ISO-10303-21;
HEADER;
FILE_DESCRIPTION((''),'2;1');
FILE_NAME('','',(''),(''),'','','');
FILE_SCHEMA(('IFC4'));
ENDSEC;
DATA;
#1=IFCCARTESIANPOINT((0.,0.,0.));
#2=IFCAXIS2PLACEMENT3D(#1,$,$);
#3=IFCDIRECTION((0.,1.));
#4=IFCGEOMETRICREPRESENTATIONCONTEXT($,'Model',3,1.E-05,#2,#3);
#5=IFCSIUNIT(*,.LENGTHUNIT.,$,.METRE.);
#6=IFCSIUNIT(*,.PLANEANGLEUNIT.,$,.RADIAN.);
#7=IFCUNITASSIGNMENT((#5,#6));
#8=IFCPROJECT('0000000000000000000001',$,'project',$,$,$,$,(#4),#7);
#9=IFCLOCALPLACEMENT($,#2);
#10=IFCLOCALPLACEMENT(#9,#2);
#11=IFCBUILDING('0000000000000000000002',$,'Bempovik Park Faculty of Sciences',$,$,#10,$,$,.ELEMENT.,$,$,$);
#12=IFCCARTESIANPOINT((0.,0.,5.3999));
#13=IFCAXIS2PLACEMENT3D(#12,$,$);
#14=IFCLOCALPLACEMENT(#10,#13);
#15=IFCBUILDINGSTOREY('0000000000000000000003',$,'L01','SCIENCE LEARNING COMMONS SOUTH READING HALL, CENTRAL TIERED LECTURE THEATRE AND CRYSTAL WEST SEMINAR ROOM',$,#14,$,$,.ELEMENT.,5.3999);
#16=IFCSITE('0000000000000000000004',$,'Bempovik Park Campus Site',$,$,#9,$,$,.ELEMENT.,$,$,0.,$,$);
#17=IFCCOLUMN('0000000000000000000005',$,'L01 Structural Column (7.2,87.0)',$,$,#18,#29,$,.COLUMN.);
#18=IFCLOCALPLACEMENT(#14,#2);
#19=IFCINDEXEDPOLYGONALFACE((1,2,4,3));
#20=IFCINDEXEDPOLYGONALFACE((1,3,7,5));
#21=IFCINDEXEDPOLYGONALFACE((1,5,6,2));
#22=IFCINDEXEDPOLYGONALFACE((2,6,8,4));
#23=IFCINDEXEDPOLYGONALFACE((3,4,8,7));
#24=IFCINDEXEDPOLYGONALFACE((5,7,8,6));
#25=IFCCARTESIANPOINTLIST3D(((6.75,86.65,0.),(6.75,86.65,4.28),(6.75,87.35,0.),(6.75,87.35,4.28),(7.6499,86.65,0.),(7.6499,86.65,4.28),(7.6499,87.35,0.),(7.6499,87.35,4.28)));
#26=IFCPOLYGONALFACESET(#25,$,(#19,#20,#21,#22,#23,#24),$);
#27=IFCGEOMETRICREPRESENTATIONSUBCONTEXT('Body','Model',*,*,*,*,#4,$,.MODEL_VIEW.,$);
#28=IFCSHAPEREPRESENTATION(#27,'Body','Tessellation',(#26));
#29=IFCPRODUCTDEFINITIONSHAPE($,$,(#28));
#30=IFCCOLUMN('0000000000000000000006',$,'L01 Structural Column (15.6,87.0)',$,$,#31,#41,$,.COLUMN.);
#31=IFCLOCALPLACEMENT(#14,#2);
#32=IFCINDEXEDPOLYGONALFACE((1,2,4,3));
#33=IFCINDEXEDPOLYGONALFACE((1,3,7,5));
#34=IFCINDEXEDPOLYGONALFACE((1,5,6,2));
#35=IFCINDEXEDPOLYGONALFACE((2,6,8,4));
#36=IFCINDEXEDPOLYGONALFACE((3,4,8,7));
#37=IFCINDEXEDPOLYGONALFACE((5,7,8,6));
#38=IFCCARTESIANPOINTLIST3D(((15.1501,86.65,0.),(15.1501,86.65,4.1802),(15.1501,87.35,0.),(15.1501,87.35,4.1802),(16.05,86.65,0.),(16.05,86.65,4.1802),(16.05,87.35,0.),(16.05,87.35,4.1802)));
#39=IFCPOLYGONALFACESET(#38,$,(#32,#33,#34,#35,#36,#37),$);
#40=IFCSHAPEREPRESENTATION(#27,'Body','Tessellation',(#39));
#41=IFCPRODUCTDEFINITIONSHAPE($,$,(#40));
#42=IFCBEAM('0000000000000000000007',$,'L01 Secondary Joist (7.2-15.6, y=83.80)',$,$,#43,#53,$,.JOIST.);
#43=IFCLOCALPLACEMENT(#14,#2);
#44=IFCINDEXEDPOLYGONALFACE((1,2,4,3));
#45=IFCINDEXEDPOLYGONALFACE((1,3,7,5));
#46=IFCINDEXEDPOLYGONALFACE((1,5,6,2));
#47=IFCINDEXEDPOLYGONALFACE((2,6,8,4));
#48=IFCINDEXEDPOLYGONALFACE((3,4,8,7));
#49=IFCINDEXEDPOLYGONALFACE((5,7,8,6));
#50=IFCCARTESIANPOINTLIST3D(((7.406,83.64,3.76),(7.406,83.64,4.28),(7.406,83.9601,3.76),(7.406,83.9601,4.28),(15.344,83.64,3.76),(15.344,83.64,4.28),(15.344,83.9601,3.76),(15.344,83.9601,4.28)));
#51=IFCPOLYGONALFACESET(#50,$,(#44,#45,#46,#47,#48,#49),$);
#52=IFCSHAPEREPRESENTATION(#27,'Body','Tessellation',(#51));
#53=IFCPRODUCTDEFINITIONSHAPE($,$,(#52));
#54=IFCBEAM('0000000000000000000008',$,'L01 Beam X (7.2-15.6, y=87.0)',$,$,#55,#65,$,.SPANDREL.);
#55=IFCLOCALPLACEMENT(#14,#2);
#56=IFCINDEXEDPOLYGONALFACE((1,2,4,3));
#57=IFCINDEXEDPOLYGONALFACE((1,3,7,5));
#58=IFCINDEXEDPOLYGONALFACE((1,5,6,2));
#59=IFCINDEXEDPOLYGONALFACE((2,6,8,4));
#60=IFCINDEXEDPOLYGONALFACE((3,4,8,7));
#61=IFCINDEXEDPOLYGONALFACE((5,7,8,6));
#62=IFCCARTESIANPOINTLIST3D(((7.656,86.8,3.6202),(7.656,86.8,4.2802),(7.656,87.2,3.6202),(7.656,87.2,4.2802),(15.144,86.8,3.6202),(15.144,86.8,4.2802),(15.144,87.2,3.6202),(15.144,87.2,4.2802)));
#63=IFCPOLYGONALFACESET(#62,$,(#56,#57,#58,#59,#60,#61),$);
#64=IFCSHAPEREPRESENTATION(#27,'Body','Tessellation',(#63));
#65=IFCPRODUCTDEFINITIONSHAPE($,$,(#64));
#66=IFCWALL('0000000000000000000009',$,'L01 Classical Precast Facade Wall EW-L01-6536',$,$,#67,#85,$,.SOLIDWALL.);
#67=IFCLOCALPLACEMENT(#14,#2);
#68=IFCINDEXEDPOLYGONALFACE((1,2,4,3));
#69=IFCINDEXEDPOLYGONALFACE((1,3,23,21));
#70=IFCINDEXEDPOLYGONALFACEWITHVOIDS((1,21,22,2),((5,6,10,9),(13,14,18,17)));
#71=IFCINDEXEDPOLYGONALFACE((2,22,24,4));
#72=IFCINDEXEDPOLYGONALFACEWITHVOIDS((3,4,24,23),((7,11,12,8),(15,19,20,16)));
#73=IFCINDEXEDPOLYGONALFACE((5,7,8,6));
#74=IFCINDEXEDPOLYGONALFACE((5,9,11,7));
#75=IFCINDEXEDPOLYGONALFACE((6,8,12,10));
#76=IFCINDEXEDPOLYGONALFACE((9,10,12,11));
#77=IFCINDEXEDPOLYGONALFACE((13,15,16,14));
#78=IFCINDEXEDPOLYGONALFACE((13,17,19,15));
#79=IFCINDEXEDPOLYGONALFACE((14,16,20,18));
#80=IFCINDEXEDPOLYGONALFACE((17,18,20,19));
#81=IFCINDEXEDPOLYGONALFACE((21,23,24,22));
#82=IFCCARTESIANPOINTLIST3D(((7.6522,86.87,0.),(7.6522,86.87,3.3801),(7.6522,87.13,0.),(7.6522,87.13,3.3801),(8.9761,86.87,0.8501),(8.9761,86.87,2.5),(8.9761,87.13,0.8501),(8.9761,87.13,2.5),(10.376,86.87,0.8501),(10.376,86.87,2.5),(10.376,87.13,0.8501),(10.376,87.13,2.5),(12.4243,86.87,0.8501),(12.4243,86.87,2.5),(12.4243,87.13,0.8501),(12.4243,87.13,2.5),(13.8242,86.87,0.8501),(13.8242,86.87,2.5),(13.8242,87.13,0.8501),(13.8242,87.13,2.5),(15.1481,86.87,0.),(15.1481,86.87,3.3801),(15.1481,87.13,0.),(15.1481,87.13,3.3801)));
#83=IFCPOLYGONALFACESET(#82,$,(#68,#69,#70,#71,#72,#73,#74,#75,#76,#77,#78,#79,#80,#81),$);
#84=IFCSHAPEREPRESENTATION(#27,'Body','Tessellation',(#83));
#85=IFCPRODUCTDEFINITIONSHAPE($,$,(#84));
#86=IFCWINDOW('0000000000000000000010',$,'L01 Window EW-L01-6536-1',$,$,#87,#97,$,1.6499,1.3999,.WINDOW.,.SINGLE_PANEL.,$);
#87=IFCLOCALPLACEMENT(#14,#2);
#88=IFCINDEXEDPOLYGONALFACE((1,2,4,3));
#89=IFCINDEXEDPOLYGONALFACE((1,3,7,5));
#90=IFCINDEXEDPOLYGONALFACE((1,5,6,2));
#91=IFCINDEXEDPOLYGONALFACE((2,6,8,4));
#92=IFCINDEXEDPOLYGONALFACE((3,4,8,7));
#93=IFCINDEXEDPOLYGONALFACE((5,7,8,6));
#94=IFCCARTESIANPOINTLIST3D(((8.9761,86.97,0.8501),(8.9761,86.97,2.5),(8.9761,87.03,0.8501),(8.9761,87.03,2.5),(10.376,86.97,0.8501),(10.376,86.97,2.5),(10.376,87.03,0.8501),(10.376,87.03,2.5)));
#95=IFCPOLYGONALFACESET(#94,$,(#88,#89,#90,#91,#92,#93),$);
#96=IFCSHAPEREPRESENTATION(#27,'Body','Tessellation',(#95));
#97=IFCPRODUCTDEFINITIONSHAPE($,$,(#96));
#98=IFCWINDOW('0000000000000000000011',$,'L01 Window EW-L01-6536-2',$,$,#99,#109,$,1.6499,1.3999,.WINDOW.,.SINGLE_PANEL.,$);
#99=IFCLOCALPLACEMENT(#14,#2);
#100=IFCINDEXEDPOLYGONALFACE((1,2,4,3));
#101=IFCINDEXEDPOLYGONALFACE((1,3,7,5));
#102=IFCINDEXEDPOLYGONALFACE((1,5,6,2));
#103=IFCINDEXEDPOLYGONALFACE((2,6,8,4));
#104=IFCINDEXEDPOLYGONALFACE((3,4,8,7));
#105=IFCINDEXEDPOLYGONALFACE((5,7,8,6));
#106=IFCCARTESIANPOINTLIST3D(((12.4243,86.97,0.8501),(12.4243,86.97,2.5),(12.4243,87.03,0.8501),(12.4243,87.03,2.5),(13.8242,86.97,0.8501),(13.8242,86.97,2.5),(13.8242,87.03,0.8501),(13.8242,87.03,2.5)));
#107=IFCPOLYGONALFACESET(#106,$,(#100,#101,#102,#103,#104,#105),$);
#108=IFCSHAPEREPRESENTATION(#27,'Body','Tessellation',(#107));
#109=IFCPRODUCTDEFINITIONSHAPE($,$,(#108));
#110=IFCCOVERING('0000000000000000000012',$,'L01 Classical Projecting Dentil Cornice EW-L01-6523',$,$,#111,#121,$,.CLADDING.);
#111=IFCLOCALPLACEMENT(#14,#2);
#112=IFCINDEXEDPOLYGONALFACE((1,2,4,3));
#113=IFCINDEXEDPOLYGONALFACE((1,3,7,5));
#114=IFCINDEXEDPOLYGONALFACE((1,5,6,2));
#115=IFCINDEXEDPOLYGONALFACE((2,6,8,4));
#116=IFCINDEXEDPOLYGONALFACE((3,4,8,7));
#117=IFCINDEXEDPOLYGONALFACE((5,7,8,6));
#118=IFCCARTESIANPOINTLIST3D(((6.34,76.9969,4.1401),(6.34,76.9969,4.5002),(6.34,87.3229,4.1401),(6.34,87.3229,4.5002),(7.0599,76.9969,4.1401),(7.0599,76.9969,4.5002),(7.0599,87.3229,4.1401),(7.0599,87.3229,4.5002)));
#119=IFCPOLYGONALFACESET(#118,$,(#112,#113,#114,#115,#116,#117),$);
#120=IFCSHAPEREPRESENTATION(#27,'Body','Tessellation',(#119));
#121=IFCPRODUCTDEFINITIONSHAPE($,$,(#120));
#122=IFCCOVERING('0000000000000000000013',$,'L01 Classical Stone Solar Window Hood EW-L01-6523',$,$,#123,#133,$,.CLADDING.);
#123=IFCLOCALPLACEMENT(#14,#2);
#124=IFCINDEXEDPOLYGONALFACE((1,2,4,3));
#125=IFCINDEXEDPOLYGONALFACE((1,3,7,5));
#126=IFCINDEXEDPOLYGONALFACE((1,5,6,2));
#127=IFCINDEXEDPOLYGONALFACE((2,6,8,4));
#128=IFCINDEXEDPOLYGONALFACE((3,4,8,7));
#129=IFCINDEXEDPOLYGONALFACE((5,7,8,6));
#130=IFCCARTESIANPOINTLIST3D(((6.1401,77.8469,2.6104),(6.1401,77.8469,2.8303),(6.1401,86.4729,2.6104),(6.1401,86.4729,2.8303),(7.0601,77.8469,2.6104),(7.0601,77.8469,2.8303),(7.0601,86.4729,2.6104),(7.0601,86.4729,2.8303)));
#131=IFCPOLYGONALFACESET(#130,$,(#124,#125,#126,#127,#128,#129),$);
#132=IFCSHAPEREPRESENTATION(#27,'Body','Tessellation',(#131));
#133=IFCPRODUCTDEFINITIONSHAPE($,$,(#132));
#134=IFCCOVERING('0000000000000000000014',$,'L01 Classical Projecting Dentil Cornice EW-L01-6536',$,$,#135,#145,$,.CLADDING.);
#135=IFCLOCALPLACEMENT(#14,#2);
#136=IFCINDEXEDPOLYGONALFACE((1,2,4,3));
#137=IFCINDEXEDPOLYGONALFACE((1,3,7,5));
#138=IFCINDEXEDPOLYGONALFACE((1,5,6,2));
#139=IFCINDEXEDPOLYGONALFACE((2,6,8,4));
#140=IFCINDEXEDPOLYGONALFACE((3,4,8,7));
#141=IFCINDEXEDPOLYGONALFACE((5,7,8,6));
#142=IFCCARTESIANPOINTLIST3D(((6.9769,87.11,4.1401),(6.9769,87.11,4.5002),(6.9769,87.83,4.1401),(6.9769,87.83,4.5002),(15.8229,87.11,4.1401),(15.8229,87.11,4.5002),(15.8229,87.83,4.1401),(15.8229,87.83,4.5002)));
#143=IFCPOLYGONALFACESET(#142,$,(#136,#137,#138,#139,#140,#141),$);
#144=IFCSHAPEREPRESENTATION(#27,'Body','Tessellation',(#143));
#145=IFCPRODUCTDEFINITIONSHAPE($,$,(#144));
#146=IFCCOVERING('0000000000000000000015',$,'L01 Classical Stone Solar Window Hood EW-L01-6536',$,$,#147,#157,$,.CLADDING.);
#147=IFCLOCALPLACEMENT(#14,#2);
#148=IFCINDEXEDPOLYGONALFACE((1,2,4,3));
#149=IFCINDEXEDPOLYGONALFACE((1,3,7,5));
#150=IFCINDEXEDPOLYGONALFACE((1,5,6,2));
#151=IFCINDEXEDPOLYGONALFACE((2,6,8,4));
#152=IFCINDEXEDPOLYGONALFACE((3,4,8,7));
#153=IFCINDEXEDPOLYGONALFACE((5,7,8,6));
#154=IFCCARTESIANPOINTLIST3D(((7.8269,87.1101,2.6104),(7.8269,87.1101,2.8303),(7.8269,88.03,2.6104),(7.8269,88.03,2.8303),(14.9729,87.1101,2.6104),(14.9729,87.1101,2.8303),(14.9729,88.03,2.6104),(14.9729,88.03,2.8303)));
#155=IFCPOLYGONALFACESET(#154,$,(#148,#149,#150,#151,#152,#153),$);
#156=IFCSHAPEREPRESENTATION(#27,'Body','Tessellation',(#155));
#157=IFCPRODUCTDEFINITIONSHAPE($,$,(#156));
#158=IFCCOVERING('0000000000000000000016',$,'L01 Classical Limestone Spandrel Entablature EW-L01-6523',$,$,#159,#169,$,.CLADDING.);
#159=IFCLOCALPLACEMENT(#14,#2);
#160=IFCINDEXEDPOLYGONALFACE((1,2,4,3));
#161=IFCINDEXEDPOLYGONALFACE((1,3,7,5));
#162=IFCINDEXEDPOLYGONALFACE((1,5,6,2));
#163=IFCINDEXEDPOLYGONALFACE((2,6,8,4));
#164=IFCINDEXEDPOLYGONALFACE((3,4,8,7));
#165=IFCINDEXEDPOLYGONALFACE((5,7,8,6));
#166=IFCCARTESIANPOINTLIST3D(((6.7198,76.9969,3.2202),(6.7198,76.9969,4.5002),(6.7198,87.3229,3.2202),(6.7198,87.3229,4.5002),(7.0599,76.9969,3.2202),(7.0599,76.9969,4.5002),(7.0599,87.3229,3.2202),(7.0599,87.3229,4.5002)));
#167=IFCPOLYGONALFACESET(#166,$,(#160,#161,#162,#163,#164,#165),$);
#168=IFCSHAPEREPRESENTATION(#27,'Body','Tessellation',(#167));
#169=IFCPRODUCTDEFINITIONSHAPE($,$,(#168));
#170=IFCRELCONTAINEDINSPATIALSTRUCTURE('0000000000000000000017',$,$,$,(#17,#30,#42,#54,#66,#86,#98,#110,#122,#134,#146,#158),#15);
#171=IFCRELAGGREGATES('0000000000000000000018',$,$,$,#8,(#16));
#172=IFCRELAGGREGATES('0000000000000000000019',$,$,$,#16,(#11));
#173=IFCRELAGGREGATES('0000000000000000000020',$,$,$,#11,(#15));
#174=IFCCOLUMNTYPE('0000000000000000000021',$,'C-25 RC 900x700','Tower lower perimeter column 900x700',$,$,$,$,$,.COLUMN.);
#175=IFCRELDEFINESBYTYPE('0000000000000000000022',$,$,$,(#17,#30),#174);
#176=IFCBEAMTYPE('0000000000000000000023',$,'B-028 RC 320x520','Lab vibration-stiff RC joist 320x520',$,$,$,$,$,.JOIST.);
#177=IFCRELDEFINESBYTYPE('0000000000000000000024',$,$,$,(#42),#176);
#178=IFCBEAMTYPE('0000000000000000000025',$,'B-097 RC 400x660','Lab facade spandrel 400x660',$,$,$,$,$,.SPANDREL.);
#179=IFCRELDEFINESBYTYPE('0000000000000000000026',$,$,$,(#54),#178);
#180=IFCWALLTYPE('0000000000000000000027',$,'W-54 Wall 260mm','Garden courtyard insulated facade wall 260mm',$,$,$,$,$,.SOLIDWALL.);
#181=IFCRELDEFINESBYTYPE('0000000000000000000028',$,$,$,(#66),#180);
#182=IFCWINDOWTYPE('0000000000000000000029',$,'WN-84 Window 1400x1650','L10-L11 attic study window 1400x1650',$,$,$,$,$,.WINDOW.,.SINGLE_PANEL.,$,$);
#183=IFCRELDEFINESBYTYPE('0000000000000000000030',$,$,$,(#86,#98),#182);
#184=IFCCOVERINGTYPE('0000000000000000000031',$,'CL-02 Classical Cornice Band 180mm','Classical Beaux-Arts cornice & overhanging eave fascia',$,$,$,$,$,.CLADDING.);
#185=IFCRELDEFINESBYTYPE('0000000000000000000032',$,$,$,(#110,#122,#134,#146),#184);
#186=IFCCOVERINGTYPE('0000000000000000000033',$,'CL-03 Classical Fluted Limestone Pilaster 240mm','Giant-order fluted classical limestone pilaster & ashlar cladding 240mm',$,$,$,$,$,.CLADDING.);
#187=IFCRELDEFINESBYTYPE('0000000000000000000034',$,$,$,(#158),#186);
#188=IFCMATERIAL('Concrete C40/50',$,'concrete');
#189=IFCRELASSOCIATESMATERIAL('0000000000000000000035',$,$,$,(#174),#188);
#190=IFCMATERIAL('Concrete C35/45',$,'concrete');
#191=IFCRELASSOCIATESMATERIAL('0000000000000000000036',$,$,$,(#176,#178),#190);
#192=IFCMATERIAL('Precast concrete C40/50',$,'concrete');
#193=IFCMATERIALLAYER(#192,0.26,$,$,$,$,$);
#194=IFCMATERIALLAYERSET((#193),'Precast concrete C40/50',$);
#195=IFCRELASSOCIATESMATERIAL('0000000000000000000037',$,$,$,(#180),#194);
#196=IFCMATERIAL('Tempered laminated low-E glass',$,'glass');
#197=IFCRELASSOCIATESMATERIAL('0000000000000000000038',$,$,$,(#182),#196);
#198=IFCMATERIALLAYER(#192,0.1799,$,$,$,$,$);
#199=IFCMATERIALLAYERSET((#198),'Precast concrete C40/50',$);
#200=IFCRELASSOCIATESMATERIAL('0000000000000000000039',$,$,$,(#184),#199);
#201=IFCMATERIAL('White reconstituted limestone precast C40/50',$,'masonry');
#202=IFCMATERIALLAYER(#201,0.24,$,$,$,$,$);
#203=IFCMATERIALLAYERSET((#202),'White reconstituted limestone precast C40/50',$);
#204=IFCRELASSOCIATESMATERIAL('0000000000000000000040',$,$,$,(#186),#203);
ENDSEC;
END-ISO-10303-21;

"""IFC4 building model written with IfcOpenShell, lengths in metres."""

from ifc_helpers import new_model, si_unit, direction, frame, frame_2d, origin, origin_2d, place, context, subcontext, project, spatial, rectangle, extrude, material, layer, layer_set, material_profile, profile_set, type_object, element, fill, save


model = new_model("IFC4")

# Units and contexts
model_context = context("Model", 3, precision=1e-05, world=origin(), true_north=direction((0.0, 1.0)))
body_context = subcontext(model_context, "Body", "Model", "MODEL_VIEW")
ifc_project = project(units=[si_unit("LENGTHUNIT", "METRE"), si_unit("PLANEANGLEUNIT", "RADIAN")], contexts=[model_context])

# Site, building, storey
site_placement = place(None, origin())
site = spatial("IfcSite", under=ifc_project, at=site_placement, Name="Bempovik Park Campus Site", CompositionType="ELEMENT", RefElevation=0.0)
building_placement = place(site_placement, origin())
building = spatial("IfcBuilding", under=site, at=building_placement, Name="Bempovik Park Faculty of Sciences", CompositionType="ELEMENT")
storey_placement = place(building_placement, frame((0.0, 0.0, 5.3999)))
storey = spatial("IfcBuildingStorey", under=building, at=storey_placement, Name="L01", Description="SCIENCE LEARNING COMMONS SOUTH READING HALL, CENTRAL TIERED LECTURE THEATRE AND CRYSTAL WEST SEMINAR ROOM", CompositionType="ELEMENT", Elevation=5.3999)

# Columns
ifc_material_1 = material(Name="Concrete C40/50", Category="concrete")
ifc_material_profile_1 = material_profile(ifc_material_1, rectangle(XDim=0.8999, YDim=0.7, at=origin_2d()), Name="RC 900x700")
ifc_profile_set_1 = profile_set([ifc_material_profile_1], Name="Concrete C40/50")
column_type = type_object("IfcColumnType", Name="C-25 RC 900x700", Description="Tower lower perimeter column 900x700", PredefinedType="COLUMN", material=ifc_profile_set_1)
column_1_placement = place(storey_placement, frame((7.2, 87.0, 0.0), z_axis=(0.0, 0.0, 1.0), x_axis=(1.0, 0.0, 0.0)))
element("IfcColumn", 1, at=column_1_placement, inside=storey, type_object=column_type, Name="L01 Structural Column (7.2,87.0)", PredefinedType="COLUMN", context=body_context, shape_type="SweptSolid", body=[
    extrude(rectangle(XDim=0.8999, YDim=0.7, at=origin_2d()), origin(), (0.0, 0.0, 1.0), 4.28),
])
column_2_placement = place(storey_placement, frame((15.6001, 87.0, 0.0), z_axis=(0.0, 0.0, 1.0), x_axis=(1.0, 0.0, 0.0)))
element("IfcColumn", 2, at=column_2_placement, inside=storey, type_object=column_type, Name="L01 Structural Column (15.6,87.0)", PredefinedType="COLUMN", context=body_context, shape_type="SweptSolid", body=[
    extrude(rectangle(XDim=0.8999, YDim=0.7, at=origin_2d()), origin(), (0.0, 0.0, 1.0), 4.1802),
])

# Beams
ifc_material_2 = material(Name="Concrete C35/45", Category="concrete")
ifc_material_profile_2 = material_profile(ifc_material_2, rectangle(XDim=0.3201, YDim=0.52, at=origin_2d()), Name="RC 320x520")
ifc_profile_set_2 = profile_set([ifc_material_profile_2], Name="Concrete C35/45")
beam_type_1 = type_object("IfcBeamType", Name="B-028 RC 320x520", Description="Lab vibration-stiff RC joist 320x520", PredefinedType="JOIST", material=ifc_profile_set_2)
beam_1_placement = place(storey_placement, frame((7.406, 83.8, 4.02), z_axis=(1.0, 0.0, 0.0), x_axis=(0.0, 1.0, 0.0)))
element("IfcBeam", 3, at=beam_1_placement, inside=storey, type_object=beam_type_1, Name="L01 Secondary Joist (7.2-15.6, y=83.80)", PredefinedType="JOIST", context=body_context, shape_type="SweptSolid", body=[
    extrude(rectangle(XDim=0.3201, YDim=0.52, at=origin_2d()), origin(), (0.0, 0.0, 1.0), 7.938),
])
ifc_material_profile_3 = material_profile(ifc_material_2, rectangle(XDim=0.3999, YDim=0.6599, at=origin_2d()), Name="RC 400x660")
ifc_profile_set_3 = profile_set([ifc_material_profile_3], Name="Concrete C35/45")
beam_type_2 = type_object("IfcBeamType", Name="B-097 RC 400x660", Description="Lab facade spandrel 400x660", PredefinedType="SPANDREL", material=ifc_profile_set_3)
beam_2_placement = place(storey_placement, frame((7.656, 87.0, 3.9502), z_axis=(1.0, 0.0, 0.0), x_axis=(0.0, 1.0, 0.0)))
element("IfcBeam", 4, at=beam_2_placement, inside=storey, type_object=beam_type_2, Name="L01 Beam X (7.2-15.6, y=87.0)", PredefinedType="SPANDREL", context=body_context, shape_type="SweptSolid", body=[
    extrude(rectangle(XDim=0.3999, YDim=0.6599, at=origin_2d()), origin(), (0.0, 0.0, 1.0), 7.488),
])

# Wall, openings, windows
ifc_material_3 = material(Name="Precast concrete C40/50", Category="concrete")
ifc_layer_1 = layer(ifc_material_3, 0.26)
ifc_layer_set_1 = layer_set([ifc_layer_1], Name="Precast concrete C40/50")
wall_type = type_object("IfcWallType", Name="W-54 Wall 260mm", Description="Garden courtyard insulated facade wall 260mm", PredefinedType="SOLIDWALL", material=ifc_layer_set_1)
wall_placement = place(storey_placement, frame((7.6521, 87.0, 0.0), z_axis=(0.0, 0.0, 1.0), x_axis=(1.0, 0.0, 0.0)))
wall = element("IfcWall", 5, at=wall_placement, inside=storey, type_object=wall_type, Name="L01 Classical Precast Facade Wall EW-L01-6536", PredefinedType="SOLIDWALL", context=body_context, shape_type="SweptSolid", body=[
    extrude(rectangle(XDim=7.4958, YDim=0.26, at=frame_2d((3.748, 0.0))), origin(), (0.0, 0.0, 1.0), 3.3801),
])
opening_1_placement = place(wall_placement, frame((1.324, 0.0, 0.8501)))
opening_1 = element("IfcOpeningElement", 6, at=opening_1_placement, cuts=wall, PredefinedType="OPENING", context=body_context, shape_type="SweptSolid", body=[
    extrude(rectangle(XDim=1.3999, YDim=1.6499, at=frame_2d((0.7, 0.825))), frame((0.0, 0.1401, 0.0), z_axis=(0.0, -1.0, 0.0), x_axis=(1.0, 0.0, 0.0)), (0.0, 0.0, 1.0), 0.28),
])
opening_2_placement = place(wall_placement, frame((4.7722, 0.0, 0.8501)))
opening_2 = element("IfcOpeningElement", 7, at=opening_2_placement, cuts=wall, PredefinedType="OPENING", context=body_context, shape_type="SweptSolid", body=[
    extrude(rectangle(XDim=1.3999, YDim=1.6499, at=frame_2d((0.7, 0.825))), frame((0.0, 0.1401, 0.0), z_axis=(0.0, -1.0, 0.0), x_axis=(1.0, 0.0, 0.0)), (0.0, 0.0, 1.0), 0.28),
])
ifc_material_4 = material(Name="Tempered laminated low-E glass", Category="glass")
window_type = type_object("IfcWindowType", Name="WN-84 Window 1400x1650", Description="L10-L11 attic study window 1400x1650", PartitioningType="SINGLE_PANEL", PredefinedType="WINDOW", material=ifc_material_4)
window_1_placement = place(opening_1_placement, origin())
window_1 = element("IfcWindow", 8, at=window_1_placement, inside=storey, type_object=window_type, Name="L01 Window EW-L01-6536-1", OverallHeight=1.6499, OverallWidth=1.3999, PartitioningType="SINGLE_PANEL", PredefinedType="WINDOW", context=body_context, shape_type="SweptSolid", body=[
    extrude(rectangle(XDim=1.3999, YDim=1.6499, at=frame_2d((0.7, 0.825))), frame((0.0, 0.03, 0.0), z_axis=(0.0, -1.0, 0.0), x_axis=(1.0, 0.0, 0.0)), (0.0, 0.0, 1.0), 0.0601),
])
fill(opening_1, window_1)
window_2_placement = place(opening_2_placement, origin())
window_2 = element("IfcWindow", 9, at=window_2_placement, inside=storey, type_object=window_type, Name="L01 Window EW-L01-6536-2", OverallHeight=1.6499, OverallWidth=1.3999, PartitioningType="SINGLE_PANEL", PredefinedType="WINDOW", context=body_context, shape_type="SweptSolid", body=[
    extrude(rectangle(XDim=1.3999, YDim=1.6499, at=frame_2d((0.7, 0.825))), frame((0.0, 0.03, 0.0), z_axis=(0.0, -1.0, 0.0), x_axis=(1.0, 0.0, 0.0)), (0.0, 0.0, 1.0), 0.0601),
])
fill(opening_2, window_2)

# Coverings
ifc_layer_2 = layer(ifc_material_3, 0.1799)
ifc_layer_set_2 = layer_set([ifc_layer_2], Name="Precast concrete C40/50")
covering_type_1 = type_object("IfcCoveringType", Name="CL-02 Classical Cornice Band 180mm", Description="Classical Beaux-Arts cornice & overhanging eave fascia", PredefinedType="CLADDING", material=ifc_layer_set_2)
covering_1_placement = place(storey_placement, frame((6.7, 82.1599, 4.1401), z_axis=(0.0, 0.0, 1.0), x_axis=(1.0, 0.0, 0.0)))
element("IfcCovering", 10, at=covering_1_placement, inside=storey, type_object=covering_type_1, Name="L01 Classical Projecting Dentil Cornice EW-L01-6523", PredefinedType="CLADDING", context=body_context, shape_type="SweptSolid", body=[
    extrude(rectangle(XDim=0.72, YDim=10.3259, at=origin_2d()), origin(), (0.0, 0.0, 1.0), 0.3601),
])
covering_2_placement = place(storey_placement, frame((6.6001, 82.1599, 2.6104), z_axis=(0.0, 0.0, 1.0), x_axis=(1.0, 0.0, 0.0)))
element("IfcCovering", 11, at=covering_2_placement, inside=storey, type_object=covering_type_1, Name="L01 Classical Stone Solar Window Hood EW-L01-6523", PredefinedType="CLADDING", context=body_context, shape_type="SweptSolid", body=[
    extrude(rectangle(XDim=0.9199, YDim=8.626, at=origin_2d()), origin(), (0.0, 0.0, 1.0), 0.22),
])
covering_3_placement = place(storey_placement, frame((11.3999, 87.47, 4.1401), z_axis=(0.0, 0.0, 1.0), x_axis=(1.0, 0.0, 0.0)))
element("IfcCovering", 12, at=covering_3_placement, inside=storey, type_object=covering_type_1, Name="L01 Classical Projecting Dentil Cornice EW-L01-6536", PredefinedType="CLADDING", context=body_context, shape_type="SweptSolid", body=[
    extrude(rectangle(XDim=8.8459, YDim=0.72, at=origin_2d()), origin(), (0.0, 0.0, 1.0), 0.3601),
])
covering_4_placement = place(storey_placement, frame((11.3999, 87.5701, 2.6104), z_axis=(0.0, 0.0, 1.0), x_axis=(1.0, 0.0, 0.0)))
element("IfcCovering", 13, at=covering_4_placement, inside=storey, type_object=covering_type_1, Name="L01 Classical Stone Solar Window Hood EW-L01-6536", PredefinedType="CLADDING", context=body_context, shape_type="SweptSolid", body=[
    extrude(rectangle(XDim=7.146, YDim=0.9199, at=origin_2d()), origin(), (0.0, 0.0, 1.0), 0.22),
])
ifc_material_5 = material(Name="White reconstituted limestone precast C40/50", Category="masonry")
ifc_layer_3 = layer(ifc_material_5, 0.24)
ifc_layer_set_3 = layer_set([ifc_layer_3], Name="White reconstituted limestone precast C40/50")
covering_type_2 = type_object("IfcCoveringType", Name="CL-03 Classical Fluted Limestone Pilaster 240mm", Description="Giant-order fluted classical limestone pilaster & ashlar cladding 240mm", PredefinedType="CLADDING", material=ifc_layer_set_3)
covering_5_placement = place(storey_placement, frame((6.8899, 82.1599, 3.2202), z_axis=(0.0, 0.0, 1.0), x_axis=(1.0, 0.0, 0.0)))
element("IfcCovering", 14, at=covering_5_placement, inside=storey, type_object=covering_type_2, Name="L01 Classical Limestone Spandrel Entablature EW-L01-6523", PredefinedType="CLADDING", context=body_context, shape_type="SweptSolid", body=[
    extrude(rectangle(XDim=0.3401, YDim=10.3259, at=origin_2d()), origin(), (0.0, 0.0, 1.0), 1.28),
])

save(model, "model.ifc")
